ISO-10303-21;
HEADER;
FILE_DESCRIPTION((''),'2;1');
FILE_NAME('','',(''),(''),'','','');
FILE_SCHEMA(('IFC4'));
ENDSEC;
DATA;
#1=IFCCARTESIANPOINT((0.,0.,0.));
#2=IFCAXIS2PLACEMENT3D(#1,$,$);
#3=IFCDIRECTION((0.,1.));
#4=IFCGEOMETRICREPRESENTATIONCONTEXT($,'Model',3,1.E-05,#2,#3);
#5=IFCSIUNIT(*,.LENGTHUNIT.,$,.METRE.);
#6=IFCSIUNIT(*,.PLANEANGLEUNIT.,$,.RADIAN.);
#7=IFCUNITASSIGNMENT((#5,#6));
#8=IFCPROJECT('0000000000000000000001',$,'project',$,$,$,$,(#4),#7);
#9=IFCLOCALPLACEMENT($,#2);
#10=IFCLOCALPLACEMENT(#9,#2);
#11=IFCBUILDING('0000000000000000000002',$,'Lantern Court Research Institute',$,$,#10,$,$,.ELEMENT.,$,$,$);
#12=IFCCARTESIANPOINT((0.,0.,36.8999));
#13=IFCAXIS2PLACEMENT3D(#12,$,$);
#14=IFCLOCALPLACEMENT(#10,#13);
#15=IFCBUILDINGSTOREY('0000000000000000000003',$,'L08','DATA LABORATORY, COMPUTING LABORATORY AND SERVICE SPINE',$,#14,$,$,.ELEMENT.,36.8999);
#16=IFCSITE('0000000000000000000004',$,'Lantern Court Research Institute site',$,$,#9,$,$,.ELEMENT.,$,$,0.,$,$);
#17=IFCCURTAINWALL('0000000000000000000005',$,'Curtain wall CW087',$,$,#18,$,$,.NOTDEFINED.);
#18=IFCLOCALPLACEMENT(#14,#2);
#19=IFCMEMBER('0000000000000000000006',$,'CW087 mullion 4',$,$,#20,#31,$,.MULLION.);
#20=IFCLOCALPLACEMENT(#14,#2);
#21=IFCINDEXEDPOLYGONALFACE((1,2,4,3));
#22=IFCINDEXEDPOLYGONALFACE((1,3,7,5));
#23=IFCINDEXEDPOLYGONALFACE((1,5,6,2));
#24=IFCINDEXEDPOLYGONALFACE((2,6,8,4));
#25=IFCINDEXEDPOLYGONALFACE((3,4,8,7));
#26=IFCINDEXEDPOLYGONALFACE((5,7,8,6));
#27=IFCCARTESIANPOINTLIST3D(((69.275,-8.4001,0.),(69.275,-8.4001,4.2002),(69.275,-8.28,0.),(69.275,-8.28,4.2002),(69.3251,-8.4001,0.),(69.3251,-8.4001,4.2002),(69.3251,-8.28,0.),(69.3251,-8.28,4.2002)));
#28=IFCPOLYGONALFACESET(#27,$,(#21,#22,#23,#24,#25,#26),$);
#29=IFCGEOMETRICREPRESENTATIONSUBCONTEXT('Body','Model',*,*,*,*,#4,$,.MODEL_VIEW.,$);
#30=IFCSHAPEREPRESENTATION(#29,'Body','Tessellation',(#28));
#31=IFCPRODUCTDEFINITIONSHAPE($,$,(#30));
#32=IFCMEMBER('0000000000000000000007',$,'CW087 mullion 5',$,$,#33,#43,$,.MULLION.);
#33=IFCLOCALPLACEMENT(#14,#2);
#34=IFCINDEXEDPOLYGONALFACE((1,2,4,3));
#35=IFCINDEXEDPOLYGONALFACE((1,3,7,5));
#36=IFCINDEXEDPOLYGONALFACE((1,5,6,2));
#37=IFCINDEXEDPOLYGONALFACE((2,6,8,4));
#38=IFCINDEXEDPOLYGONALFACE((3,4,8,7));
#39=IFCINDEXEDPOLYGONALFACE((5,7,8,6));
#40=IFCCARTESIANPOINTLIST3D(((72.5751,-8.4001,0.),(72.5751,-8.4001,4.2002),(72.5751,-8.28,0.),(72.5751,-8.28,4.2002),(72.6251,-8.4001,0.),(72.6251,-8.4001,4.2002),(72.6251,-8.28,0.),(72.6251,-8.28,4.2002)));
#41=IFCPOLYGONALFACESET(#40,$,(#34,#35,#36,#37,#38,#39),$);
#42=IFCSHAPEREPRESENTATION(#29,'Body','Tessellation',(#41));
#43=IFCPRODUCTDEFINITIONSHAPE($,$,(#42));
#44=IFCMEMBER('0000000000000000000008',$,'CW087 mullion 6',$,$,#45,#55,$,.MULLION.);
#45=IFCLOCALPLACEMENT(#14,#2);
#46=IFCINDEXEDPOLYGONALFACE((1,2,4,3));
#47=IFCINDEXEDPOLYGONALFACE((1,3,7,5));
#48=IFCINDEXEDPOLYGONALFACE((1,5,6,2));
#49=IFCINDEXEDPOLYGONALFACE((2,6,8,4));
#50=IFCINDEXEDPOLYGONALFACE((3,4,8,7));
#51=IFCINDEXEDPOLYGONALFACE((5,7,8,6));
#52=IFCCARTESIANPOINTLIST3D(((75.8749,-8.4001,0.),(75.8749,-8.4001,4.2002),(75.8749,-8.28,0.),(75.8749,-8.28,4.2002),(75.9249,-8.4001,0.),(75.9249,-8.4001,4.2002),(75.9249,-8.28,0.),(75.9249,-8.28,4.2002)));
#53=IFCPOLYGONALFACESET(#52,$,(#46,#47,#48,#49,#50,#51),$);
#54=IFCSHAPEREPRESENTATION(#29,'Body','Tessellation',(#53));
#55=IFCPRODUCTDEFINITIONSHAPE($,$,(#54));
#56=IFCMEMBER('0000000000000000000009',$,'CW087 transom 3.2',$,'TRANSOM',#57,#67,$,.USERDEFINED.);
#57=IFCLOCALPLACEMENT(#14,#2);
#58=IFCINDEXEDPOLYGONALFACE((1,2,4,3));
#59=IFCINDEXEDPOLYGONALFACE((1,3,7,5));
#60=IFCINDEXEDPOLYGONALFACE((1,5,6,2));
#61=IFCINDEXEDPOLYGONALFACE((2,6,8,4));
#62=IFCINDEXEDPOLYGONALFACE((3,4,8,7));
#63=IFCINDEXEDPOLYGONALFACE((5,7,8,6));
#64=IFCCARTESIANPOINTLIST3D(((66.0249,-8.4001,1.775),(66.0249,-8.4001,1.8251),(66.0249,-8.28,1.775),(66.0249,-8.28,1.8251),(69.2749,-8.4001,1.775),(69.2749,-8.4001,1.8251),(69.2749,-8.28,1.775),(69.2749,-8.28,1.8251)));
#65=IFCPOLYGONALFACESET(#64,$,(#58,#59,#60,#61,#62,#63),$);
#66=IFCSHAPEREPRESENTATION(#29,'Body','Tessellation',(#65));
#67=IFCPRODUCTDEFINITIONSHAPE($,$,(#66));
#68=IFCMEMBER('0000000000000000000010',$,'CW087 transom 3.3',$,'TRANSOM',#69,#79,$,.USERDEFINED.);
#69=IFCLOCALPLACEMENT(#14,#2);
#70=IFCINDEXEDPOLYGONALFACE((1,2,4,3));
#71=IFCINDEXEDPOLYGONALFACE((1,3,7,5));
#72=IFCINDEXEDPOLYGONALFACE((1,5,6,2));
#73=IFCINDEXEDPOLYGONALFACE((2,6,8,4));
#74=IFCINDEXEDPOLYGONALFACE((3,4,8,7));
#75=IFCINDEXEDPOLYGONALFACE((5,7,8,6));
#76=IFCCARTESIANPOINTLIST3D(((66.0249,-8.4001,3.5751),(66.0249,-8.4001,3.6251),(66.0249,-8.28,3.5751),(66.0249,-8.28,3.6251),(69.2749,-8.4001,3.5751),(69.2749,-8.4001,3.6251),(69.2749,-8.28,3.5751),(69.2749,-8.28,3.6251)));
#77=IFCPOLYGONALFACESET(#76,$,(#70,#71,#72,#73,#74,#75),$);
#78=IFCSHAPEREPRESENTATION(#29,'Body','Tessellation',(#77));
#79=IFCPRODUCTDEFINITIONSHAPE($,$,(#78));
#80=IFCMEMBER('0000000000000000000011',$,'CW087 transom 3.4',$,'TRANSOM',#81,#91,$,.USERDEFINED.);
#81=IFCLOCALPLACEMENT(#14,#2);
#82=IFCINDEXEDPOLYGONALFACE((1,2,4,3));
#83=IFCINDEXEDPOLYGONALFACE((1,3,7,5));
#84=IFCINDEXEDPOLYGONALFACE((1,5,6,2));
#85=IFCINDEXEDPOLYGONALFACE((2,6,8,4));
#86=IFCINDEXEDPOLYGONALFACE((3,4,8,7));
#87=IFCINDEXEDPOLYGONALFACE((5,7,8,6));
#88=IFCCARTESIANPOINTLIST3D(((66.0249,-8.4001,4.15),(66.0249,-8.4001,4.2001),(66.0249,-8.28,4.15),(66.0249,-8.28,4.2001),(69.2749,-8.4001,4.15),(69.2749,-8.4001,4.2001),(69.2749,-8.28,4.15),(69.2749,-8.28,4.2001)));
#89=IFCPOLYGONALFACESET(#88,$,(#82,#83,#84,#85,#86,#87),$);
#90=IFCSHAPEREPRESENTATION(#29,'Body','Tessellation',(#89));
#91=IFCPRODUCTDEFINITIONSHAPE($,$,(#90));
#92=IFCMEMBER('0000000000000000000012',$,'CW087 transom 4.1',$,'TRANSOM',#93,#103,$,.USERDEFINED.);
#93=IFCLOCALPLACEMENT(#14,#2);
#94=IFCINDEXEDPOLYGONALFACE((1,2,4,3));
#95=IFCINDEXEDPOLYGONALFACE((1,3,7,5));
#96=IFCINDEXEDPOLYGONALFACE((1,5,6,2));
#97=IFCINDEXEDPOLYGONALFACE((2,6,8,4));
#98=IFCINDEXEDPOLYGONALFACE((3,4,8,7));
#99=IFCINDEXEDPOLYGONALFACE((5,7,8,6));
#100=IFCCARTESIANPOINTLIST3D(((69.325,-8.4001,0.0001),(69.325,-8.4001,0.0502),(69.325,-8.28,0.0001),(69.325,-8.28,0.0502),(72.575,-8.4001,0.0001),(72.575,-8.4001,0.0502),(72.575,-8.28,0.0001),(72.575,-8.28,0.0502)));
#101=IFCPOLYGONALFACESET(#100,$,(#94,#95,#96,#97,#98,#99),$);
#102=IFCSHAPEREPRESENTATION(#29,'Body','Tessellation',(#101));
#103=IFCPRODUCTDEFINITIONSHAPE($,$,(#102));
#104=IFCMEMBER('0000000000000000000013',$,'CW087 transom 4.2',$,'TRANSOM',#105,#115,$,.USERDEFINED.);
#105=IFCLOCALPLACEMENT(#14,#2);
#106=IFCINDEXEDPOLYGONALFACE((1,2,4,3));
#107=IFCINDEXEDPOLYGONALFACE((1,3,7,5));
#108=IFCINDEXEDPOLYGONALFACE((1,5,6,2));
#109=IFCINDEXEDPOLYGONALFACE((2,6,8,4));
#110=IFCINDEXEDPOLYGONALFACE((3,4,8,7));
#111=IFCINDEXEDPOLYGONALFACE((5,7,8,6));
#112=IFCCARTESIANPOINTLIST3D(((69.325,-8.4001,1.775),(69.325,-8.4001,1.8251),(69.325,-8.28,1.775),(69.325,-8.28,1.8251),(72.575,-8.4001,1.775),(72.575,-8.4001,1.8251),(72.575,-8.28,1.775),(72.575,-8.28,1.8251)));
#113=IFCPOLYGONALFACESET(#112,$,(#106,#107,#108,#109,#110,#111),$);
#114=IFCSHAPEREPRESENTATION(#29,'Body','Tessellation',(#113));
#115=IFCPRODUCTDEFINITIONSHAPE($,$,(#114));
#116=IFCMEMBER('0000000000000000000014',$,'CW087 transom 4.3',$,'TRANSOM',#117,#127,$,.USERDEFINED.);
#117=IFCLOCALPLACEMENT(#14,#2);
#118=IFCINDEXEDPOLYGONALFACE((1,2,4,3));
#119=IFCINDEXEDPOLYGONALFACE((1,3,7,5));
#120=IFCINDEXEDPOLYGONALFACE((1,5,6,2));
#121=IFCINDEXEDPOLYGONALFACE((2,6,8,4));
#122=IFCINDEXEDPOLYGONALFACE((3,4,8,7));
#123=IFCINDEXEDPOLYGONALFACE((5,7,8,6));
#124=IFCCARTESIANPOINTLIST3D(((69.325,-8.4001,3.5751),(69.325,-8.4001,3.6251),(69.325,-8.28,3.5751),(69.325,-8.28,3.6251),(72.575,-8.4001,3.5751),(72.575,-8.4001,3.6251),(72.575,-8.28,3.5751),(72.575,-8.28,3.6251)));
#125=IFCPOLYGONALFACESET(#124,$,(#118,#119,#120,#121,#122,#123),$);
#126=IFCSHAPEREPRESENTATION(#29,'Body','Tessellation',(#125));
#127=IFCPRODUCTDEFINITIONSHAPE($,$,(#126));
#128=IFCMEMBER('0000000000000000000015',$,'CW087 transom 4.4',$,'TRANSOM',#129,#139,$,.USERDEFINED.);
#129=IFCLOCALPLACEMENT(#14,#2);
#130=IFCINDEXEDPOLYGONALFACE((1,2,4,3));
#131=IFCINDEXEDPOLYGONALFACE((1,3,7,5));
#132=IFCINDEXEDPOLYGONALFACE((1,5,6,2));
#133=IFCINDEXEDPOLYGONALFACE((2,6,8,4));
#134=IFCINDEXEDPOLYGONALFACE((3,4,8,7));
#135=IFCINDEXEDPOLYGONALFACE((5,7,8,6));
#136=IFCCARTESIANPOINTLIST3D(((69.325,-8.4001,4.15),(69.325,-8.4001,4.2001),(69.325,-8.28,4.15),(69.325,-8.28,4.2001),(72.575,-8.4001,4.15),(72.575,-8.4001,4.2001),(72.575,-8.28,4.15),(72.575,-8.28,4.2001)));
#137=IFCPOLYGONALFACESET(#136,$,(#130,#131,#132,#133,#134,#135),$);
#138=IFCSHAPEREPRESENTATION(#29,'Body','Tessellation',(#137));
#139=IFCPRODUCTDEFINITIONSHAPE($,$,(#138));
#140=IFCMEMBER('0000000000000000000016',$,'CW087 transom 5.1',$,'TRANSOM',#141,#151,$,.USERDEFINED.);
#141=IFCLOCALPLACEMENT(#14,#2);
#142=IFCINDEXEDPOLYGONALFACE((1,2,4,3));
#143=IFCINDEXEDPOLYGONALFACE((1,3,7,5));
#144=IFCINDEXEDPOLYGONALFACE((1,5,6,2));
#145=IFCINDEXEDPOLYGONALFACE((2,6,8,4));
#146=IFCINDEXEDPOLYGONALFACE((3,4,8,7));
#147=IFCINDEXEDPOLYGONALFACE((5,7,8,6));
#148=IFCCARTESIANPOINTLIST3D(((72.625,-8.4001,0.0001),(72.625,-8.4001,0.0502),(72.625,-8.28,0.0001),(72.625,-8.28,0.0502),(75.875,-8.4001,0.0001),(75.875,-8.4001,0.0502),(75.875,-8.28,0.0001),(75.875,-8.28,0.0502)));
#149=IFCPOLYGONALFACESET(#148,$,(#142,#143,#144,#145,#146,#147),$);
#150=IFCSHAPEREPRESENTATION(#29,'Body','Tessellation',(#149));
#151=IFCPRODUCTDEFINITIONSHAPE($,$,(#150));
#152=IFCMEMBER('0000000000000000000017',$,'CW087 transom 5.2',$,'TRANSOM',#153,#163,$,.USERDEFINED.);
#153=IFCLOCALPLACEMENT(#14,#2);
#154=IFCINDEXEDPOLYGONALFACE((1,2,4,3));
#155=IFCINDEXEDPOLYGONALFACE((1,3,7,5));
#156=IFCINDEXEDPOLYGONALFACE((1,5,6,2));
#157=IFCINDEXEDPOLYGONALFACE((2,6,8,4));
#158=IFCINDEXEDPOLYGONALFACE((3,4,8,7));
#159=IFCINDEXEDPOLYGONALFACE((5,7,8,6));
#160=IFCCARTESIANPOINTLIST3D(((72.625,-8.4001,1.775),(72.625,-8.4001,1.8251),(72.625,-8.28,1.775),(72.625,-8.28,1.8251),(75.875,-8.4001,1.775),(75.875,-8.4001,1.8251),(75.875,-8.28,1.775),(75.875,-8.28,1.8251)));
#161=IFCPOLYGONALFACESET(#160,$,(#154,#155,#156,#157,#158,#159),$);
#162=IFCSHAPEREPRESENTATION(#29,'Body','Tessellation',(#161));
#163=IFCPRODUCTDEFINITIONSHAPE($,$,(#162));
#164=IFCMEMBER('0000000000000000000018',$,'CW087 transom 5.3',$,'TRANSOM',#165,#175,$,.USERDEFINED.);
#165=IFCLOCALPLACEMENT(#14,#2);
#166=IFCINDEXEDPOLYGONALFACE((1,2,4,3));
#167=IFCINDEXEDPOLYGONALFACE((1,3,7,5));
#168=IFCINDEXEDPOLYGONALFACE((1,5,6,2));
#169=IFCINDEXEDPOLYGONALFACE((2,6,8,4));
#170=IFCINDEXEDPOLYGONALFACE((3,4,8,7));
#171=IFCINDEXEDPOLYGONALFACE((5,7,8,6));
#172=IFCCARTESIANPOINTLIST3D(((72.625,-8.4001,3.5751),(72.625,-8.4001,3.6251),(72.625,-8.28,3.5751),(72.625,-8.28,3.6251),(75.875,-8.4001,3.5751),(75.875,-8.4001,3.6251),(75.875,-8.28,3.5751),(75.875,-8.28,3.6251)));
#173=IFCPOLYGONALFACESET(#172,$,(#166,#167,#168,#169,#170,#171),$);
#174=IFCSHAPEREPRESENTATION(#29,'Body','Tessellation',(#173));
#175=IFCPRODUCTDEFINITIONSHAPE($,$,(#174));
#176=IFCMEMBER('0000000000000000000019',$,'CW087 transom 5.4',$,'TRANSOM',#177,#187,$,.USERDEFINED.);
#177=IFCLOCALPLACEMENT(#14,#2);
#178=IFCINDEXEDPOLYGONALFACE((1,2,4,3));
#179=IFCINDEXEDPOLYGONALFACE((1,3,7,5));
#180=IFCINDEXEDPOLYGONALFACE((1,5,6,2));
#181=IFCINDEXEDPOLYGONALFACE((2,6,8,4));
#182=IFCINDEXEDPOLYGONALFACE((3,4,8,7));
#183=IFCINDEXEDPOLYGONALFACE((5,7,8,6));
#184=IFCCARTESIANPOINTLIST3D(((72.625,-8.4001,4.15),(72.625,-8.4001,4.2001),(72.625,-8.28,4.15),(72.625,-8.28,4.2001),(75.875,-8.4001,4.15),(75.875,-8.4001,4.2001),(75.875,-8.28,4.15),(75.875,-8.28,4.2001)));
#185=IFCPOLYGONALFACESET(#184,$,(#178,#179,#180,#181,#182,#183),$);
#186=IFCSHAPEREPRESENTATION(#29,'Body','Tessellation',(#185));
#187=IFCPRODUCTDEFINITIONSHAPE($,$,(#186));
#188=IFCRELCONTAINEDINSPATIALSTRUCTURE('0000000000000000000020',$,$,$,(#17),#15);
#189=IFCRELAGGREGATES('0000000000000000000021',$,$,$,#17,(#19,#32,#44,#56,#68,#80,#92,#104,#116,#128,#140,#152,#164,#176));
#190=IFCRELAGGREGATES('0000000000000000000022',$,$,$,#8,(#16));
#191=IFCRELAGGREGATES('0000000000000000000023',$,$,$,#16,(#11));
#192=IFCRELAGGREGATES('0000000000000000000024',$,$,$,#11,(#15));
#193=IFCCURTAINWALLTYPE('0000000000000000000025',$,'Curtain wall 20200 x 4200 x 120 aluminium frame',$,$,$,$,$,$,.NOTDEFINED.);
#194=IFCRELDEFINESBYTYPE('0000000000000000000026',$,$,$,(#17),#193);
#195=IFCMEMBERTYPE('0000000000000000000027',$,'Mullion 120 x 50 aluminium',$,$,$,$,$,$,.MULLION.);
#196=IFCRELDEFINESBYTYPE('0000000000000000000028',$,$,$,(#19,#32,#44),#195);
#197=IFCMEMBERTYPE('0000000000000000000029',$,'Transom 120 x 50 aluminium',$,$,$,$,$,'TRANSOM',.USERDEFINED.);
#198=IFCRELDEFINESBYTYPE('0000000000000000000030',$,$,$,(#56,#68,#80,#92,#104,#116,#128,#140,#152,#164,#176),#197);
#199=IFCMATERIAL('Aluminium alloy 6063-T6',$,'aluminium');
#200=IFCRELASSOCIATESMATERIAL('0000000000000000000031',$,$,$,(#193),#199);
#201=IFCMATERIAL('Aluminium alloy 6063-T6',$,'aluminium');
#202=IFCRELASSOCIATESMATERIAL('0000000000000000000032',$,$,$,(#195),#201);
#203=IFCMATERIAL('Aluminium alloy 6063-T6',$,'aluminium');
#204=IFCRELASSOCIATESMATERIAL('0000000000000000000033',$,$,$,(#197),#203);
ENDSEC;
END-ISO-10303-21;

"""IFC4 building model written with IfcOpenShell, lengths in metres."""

from ifc_helpers import new_model, si_unit, direction, frame, origin, origin_2d, place, context, subcontext, project, spatial, rectangle, extrude, material, material_profile, profile_set, type_object, element, aggregate, save


model = new_model("IFC4")

# Units and contexts
model_context = context("Model", 3, precision=1e-05, world=origin(), true_north=direction((0.0, 1.0)))
body_context = subcontext(model_context, "Body", "Model", "MODEL_VIEW")
ifc_project = project(units=[si_unit("LENGTHUNIT", "METRE"), si_unit("PLANEANGLEUNIT", "RADIAN")], contexts=[model_context])

# Site, building, storey
site_placement = place(None, origin())
site = spatial("IfcSite", under=ifc_project, at=site_placement, Name="Lantern Court Research Institute site", CompositionType="ELEMENT", RefElevation=0.0)
building_placement = place(site_placement, origin())
building = spatial("IfcBuilding", under=site, at=building_placement, Name="Lantern Court Research Institute", CompositionType="ELEMENT")
storey_placement = place(building_placement, frame((0.0, 0.0, 36.8999)))
storey = spatial("IfcBuildingStorey", under=building, at=storey_placement, Name="L08", Description="DATA LABORATORY, COMPUTING LABORATORY AND SERVICE SPINE", CompositionType="ELEMENT", Elevation=36.8999)

# Curtain wall, members
ifc_material_1 = material(Name="Aluminium alloy 6063-T6", Category="aluminium")
curtain_wall_type = type_object("IfcCurtainWallType", Name="Curtain wall 20200 x 4200 x 120 aluminium frame", PredefinedType="NOTDEFINED", material=ifc_material_1)
curtain_wall_placement = place(storey_placement, origin())
curtain_wall = element("IfcCurtainWall", 1, at=curtain_wall_placement, inside=storey, type_object=curtain_wall_type, Name="Curtain wall CW087", PredefinedType="NOTDEFINED")
ifc_material_2 = material(Name="Aluminium alloy 6063-T6", Category="aluminium")
ifc_material_profile_1 = material_profile(ifc_material_2, rectangle(XDim=0.1201, YDim=0.05, at=origin_2d()), Name="Mullion 120 x 50")
ifc_profile_set_1 = profile_set([ifc_material_profile_1], Name="Aluminium alloy 6063-T6")
member_type_1 = type_object("IfcMemberType", Name="Mullion 120 x 50 aluminium", PredefinedType="MULLION", material=ifc_profile_set_1)
member_1_placement = place(storey_placement, frame((69.3, -8.3401, 0.0), z_axis=(0.0, 0.0, 1.0), x_axis=(0.0, -1.0, 0.0)))
member_1 = element("IfcMember", 2, at=member_1_placement, type_object=member_type_1, Name="CW087 mullion 4", PredefinedType="MULLION", context=body_context, shape_type="SweptSolid", body=[
    extrude(rectangle(XDim=0.1201, YDim=0.05, at=origin_2d()), origin(), (0.0, 0.0, 1.0), 4.2002),
])
member_2_placement = place(storey_placement, frame((72.6001, -8.3401, 0.0), z_axis=(0.0, 0.0, 1.0), x_axis=(0.0, -1.0, 0.0)))
member_2 = element("IfcMember", 3, at=member_2_placement, type_object=member_type_1, Name="CW087 mullion 5", PredefinedType="MULLION", context=body_context, shape_type="SweptSolid", body=[
    extrude(rectangle(XDim=0.1201, YDim=0.05, at=origin_2d()), origin(), (0.0, 0.0, 1.0), 4.2002),
])
member_3_placement = place(storey_placement, frame((75.8999, -8.3401, 0.0), z_axis=(0.0, 0.0, 1.0), x_axis=(0.0, -1.0, 0.0)))
member_3 = element("IfcMember", 4, at=member_3_placement, type_object=member_type_1, Name="CW087 mullion 6", PredefinedType="MULLION", context=body_context, shape_type="SweptSolid", body=[
    extrude(rectangle(XDim=0.1201, YDim=0.05, at=origin_2d()), origin(), (0.0, 0.0, 1.0), 4.2002),
])
ifc_material_3 = material(Name="Aluminium alloy 6063-T6", Category="aluminium")
ifc_material_profile_2 = material_profile(ifc_material_3, rectangle(XDim=0.1201, YDim=0.05, at=origin_2d()), Name="Transom 120 x 50")
ifc_profile_set_2 = profile_set([ifc_material_profile_2], Name="Aluminium alloy 6063-T6")
member_type_2 = type_object("IfcMemberType", Name="Transom 120 x 50 aluminium", ElementType="TRANSOM", PredefinedType="USERDEFINED", material=ifc_profile_set_2)
member_4_placement = place(storey_placement, frame((69.2749, -8.3401, 1.8), z_axis=(-1.0, 0.0, 0.0), x_axis=(0.0, -1.0, 0.0)))
member_4 = element("IfcMember", 5, at=member_4_placement, type_object=member_type_2, Name="CW087 transom 3.2", ObjectType="TRANSOM", PredefinedType="USERDEFINED", context=body_context, shape_type="SweptSolid", body=[
    extrude(rectangle(XDim=0.1201, YDim=0.05, at=origin_2d()), origin(), (0.0, 0.0, 1.0), 3.25),
])
member_5_placement = place(storey_placement, frame((69.2749, -8.3401, 3.6001), z_axis=(-1.0, 0.0, 0.0), x_axis=(0.0, -1.0, 0.0)))
member_5 = element("IfcMember", 6, at=member_5_placement, type_object=member_type_2, Name="CW087 transom 3.3", ObjectType="TRANSOM", PredefinedType="USERDEFINED", context=body_context, shape_type="SweptSolid", body=[
    extrude(rectangle(XDim=0.1201, YDim=0.05, at=origin_2d()), origin(), (0.0, 0.0, 1.0), 3.25),
])
member_6_placement = place(storey_placement, frame((69.2749, -8.3401, 4.175), z_axis=(-1.0, 0.0, 0.0), x_axis=(0.0, -1.0, 0.0)))
member_6 = element("IfcMember", 7, at=member_6_placement, type_object=member_type_2, Name="CW087 transom 3.4", ObjectType="TRANSOM", PredefinedType="USERDEFINED", context=body_context, shape_type="SweptSolid", body=[
    extrude(rectangle(XDim=0.1201, YDim=0.05, at=origin_2d()), origin(), (0.0, 0.0, 1.0), 3.25),
])
member_7_placement = place(storey_placement, frame((72.575, -8.3401, 0.0251), z_axis=(-1.0, 0.0, 0.0), x_axis=(0.0, -1.0, 0.0)))
member_7 = element("IfcMember", 8, at=member_7_placement, type_object=member_type_2, Name="CW087 transom 4.1", ObjectType="TRANSOM", PredefinedType="USERDEFINED", context=body_context, shape_type="SweptSolid", body=[
    extrude(rectangle(XDim=0.1201, YDim=0.05, at=origin_2d()), origin(), (0.0, 0.0, 1.0), 3.25),
])
member_8_placement = place(storey_placement, frame((72.575, -8.3401, 1.8), z_axis=(-1.0, 0.0, 0.0), x_axis=(0.0, -1.0, 0.0)))
member_8 = element("IfcMember", 9, at=member_8_placement, type_object=member_type_2, Name="CW087 transom 4.2", ObjectType="TRANSOM", PredefinedType="USERDEFINED", context=body_context, shape_type="SweptSolid", body=[
    extrude(rectangle(XDim=0.1201, YDim=0.05, at=origin_2d()), origin(), (0.0, 0.0, 1.0), 3.25),
])
member_9_placement = place(storey_placement, frame((72.575, -8.3401, 3.6001), z_axis=(-1.0, 0.0, 0.0), x_axis=(0.0, -1.0, 0.0)))
member_9 = element("IfcMember", 10, at=member_9_placement, type_object=member_type_2, Name="CW087 transom 4.3", ObjectType="TRANSOM", PredefinedType="USERDEFINED", context=body_context, shape_type="SweptSolid", body=[
    extrude(rectangle(XDim=0.1201, YDim=0.05, at=origin_2d()), origin(), (0.0, 0.0, 1.0), 3.25),
])
member_10_placement = place(storey_placement, frame((72.575, -8.3401, 4.175), z_axis=(-1.0, 0.0, 0.0), x_axis=(0.0, -1.0, 0.0)))
member_10 = element("IfcMember", 11, at=member_10_placement, type_object=member_type_2, Name="CW087 transom 4.4", ObjectType="TRANSOM", PredefinedType="USERDEFINED", context=body_context, shape_type="SweptSolid", body=[
    extrude(rectangle(XDim=0.1201, YDim=0.05, at=origin_2d()), origin(), (0.0, 0.0, 1.0), 3.25),
])
member_11_placement = place(storey_placement, frame((75.875, -8.3401, 0.0251), z_axis=(-1.0, 0.0, 0.0), x_axis=(0.0, -1.0, 0.0)))
member_11 = element("IfcMember", 12, at=member_11_placement, type_object=member_type_2, Name="CW087 transom 5.1", ObjectType="TRANSOM", PredefinedType="USERDEFINED", context=body_context, shape_type="SweptSolid", body=[
    extrude(rectangle(XDim=0.1201, YDim=0.05, at=origin_2d()), origin(), (0.0, 0.0, 1.0), 3.25),
])
member_12_placement = place(storey_placement, frame((75.875, -8.3401, 1.8), z_axis=(-1.0, 0.0, 0.0), x_axis=(0.0, -1.0, 0.0)))
member_12 = element("IfcMember", 13, at=member_12_placement, type_object=member_type_2, Name="CW087 transom 5.2", ObjectType="TRANSOM", PredefinedType="USERDEFINED", context=body_context, shape_type="SweptSolid", body=[
    extrude(rectangle(XDim=0.1201, YDim=0.05, at=origin_2d()), origin(), (0.0, 0.0, 1.0), 3.25),
])
member_13_placement = place(storey_placement, frame((75.875, -8.3401, 3.6001), z_axis=(-1.0, 0.0, 0.0), x_axis=(0.0, -1.0, 0.0)))
member_13 = element("IfcMember", 14, at=member_13_placement, type_object=member_type_2, Name="CW087 transom 5.3", ObjectType="TRANSOM", PredefinedType="USERDEFINED", context=body_context, shape_type="SweptSolid", body=[
    extrude(rectangle(XDim=0.1201, YDim=0.05, at=origin_2d()), origin(), (0.0, 0.0, 1.0), 3.25),
])
member_14_placement = place(storey_placement, frame((75.875, -8.3401, 4.175), z_axis=(-1.0, 0.0, 0.0), x_axis=(0.0, -1.0, 0.0)))
member_14 = element("IfcMember", 15, at=member_14_placement, type_object=member_type_2, Name="CW087 transom 5.4", ObjectType="TRANSOM", PredefinedType="USERDEFINED", context=body_context, shape_type="SweptSolid", body=[
    extrude(rectangle(XDim=0.1201, YDim=0.05, at=origin_2d()), origin(), (0.0, 0.0, 1.0), 3.25),
])
aggregate(curtain_wall, [member_1, member_2, member_3, member_4, member_5, member_6, member_7, member_8, member_9, member_10, member_11, member_12, member_13, member_14])

save(model, "model.ifc")
